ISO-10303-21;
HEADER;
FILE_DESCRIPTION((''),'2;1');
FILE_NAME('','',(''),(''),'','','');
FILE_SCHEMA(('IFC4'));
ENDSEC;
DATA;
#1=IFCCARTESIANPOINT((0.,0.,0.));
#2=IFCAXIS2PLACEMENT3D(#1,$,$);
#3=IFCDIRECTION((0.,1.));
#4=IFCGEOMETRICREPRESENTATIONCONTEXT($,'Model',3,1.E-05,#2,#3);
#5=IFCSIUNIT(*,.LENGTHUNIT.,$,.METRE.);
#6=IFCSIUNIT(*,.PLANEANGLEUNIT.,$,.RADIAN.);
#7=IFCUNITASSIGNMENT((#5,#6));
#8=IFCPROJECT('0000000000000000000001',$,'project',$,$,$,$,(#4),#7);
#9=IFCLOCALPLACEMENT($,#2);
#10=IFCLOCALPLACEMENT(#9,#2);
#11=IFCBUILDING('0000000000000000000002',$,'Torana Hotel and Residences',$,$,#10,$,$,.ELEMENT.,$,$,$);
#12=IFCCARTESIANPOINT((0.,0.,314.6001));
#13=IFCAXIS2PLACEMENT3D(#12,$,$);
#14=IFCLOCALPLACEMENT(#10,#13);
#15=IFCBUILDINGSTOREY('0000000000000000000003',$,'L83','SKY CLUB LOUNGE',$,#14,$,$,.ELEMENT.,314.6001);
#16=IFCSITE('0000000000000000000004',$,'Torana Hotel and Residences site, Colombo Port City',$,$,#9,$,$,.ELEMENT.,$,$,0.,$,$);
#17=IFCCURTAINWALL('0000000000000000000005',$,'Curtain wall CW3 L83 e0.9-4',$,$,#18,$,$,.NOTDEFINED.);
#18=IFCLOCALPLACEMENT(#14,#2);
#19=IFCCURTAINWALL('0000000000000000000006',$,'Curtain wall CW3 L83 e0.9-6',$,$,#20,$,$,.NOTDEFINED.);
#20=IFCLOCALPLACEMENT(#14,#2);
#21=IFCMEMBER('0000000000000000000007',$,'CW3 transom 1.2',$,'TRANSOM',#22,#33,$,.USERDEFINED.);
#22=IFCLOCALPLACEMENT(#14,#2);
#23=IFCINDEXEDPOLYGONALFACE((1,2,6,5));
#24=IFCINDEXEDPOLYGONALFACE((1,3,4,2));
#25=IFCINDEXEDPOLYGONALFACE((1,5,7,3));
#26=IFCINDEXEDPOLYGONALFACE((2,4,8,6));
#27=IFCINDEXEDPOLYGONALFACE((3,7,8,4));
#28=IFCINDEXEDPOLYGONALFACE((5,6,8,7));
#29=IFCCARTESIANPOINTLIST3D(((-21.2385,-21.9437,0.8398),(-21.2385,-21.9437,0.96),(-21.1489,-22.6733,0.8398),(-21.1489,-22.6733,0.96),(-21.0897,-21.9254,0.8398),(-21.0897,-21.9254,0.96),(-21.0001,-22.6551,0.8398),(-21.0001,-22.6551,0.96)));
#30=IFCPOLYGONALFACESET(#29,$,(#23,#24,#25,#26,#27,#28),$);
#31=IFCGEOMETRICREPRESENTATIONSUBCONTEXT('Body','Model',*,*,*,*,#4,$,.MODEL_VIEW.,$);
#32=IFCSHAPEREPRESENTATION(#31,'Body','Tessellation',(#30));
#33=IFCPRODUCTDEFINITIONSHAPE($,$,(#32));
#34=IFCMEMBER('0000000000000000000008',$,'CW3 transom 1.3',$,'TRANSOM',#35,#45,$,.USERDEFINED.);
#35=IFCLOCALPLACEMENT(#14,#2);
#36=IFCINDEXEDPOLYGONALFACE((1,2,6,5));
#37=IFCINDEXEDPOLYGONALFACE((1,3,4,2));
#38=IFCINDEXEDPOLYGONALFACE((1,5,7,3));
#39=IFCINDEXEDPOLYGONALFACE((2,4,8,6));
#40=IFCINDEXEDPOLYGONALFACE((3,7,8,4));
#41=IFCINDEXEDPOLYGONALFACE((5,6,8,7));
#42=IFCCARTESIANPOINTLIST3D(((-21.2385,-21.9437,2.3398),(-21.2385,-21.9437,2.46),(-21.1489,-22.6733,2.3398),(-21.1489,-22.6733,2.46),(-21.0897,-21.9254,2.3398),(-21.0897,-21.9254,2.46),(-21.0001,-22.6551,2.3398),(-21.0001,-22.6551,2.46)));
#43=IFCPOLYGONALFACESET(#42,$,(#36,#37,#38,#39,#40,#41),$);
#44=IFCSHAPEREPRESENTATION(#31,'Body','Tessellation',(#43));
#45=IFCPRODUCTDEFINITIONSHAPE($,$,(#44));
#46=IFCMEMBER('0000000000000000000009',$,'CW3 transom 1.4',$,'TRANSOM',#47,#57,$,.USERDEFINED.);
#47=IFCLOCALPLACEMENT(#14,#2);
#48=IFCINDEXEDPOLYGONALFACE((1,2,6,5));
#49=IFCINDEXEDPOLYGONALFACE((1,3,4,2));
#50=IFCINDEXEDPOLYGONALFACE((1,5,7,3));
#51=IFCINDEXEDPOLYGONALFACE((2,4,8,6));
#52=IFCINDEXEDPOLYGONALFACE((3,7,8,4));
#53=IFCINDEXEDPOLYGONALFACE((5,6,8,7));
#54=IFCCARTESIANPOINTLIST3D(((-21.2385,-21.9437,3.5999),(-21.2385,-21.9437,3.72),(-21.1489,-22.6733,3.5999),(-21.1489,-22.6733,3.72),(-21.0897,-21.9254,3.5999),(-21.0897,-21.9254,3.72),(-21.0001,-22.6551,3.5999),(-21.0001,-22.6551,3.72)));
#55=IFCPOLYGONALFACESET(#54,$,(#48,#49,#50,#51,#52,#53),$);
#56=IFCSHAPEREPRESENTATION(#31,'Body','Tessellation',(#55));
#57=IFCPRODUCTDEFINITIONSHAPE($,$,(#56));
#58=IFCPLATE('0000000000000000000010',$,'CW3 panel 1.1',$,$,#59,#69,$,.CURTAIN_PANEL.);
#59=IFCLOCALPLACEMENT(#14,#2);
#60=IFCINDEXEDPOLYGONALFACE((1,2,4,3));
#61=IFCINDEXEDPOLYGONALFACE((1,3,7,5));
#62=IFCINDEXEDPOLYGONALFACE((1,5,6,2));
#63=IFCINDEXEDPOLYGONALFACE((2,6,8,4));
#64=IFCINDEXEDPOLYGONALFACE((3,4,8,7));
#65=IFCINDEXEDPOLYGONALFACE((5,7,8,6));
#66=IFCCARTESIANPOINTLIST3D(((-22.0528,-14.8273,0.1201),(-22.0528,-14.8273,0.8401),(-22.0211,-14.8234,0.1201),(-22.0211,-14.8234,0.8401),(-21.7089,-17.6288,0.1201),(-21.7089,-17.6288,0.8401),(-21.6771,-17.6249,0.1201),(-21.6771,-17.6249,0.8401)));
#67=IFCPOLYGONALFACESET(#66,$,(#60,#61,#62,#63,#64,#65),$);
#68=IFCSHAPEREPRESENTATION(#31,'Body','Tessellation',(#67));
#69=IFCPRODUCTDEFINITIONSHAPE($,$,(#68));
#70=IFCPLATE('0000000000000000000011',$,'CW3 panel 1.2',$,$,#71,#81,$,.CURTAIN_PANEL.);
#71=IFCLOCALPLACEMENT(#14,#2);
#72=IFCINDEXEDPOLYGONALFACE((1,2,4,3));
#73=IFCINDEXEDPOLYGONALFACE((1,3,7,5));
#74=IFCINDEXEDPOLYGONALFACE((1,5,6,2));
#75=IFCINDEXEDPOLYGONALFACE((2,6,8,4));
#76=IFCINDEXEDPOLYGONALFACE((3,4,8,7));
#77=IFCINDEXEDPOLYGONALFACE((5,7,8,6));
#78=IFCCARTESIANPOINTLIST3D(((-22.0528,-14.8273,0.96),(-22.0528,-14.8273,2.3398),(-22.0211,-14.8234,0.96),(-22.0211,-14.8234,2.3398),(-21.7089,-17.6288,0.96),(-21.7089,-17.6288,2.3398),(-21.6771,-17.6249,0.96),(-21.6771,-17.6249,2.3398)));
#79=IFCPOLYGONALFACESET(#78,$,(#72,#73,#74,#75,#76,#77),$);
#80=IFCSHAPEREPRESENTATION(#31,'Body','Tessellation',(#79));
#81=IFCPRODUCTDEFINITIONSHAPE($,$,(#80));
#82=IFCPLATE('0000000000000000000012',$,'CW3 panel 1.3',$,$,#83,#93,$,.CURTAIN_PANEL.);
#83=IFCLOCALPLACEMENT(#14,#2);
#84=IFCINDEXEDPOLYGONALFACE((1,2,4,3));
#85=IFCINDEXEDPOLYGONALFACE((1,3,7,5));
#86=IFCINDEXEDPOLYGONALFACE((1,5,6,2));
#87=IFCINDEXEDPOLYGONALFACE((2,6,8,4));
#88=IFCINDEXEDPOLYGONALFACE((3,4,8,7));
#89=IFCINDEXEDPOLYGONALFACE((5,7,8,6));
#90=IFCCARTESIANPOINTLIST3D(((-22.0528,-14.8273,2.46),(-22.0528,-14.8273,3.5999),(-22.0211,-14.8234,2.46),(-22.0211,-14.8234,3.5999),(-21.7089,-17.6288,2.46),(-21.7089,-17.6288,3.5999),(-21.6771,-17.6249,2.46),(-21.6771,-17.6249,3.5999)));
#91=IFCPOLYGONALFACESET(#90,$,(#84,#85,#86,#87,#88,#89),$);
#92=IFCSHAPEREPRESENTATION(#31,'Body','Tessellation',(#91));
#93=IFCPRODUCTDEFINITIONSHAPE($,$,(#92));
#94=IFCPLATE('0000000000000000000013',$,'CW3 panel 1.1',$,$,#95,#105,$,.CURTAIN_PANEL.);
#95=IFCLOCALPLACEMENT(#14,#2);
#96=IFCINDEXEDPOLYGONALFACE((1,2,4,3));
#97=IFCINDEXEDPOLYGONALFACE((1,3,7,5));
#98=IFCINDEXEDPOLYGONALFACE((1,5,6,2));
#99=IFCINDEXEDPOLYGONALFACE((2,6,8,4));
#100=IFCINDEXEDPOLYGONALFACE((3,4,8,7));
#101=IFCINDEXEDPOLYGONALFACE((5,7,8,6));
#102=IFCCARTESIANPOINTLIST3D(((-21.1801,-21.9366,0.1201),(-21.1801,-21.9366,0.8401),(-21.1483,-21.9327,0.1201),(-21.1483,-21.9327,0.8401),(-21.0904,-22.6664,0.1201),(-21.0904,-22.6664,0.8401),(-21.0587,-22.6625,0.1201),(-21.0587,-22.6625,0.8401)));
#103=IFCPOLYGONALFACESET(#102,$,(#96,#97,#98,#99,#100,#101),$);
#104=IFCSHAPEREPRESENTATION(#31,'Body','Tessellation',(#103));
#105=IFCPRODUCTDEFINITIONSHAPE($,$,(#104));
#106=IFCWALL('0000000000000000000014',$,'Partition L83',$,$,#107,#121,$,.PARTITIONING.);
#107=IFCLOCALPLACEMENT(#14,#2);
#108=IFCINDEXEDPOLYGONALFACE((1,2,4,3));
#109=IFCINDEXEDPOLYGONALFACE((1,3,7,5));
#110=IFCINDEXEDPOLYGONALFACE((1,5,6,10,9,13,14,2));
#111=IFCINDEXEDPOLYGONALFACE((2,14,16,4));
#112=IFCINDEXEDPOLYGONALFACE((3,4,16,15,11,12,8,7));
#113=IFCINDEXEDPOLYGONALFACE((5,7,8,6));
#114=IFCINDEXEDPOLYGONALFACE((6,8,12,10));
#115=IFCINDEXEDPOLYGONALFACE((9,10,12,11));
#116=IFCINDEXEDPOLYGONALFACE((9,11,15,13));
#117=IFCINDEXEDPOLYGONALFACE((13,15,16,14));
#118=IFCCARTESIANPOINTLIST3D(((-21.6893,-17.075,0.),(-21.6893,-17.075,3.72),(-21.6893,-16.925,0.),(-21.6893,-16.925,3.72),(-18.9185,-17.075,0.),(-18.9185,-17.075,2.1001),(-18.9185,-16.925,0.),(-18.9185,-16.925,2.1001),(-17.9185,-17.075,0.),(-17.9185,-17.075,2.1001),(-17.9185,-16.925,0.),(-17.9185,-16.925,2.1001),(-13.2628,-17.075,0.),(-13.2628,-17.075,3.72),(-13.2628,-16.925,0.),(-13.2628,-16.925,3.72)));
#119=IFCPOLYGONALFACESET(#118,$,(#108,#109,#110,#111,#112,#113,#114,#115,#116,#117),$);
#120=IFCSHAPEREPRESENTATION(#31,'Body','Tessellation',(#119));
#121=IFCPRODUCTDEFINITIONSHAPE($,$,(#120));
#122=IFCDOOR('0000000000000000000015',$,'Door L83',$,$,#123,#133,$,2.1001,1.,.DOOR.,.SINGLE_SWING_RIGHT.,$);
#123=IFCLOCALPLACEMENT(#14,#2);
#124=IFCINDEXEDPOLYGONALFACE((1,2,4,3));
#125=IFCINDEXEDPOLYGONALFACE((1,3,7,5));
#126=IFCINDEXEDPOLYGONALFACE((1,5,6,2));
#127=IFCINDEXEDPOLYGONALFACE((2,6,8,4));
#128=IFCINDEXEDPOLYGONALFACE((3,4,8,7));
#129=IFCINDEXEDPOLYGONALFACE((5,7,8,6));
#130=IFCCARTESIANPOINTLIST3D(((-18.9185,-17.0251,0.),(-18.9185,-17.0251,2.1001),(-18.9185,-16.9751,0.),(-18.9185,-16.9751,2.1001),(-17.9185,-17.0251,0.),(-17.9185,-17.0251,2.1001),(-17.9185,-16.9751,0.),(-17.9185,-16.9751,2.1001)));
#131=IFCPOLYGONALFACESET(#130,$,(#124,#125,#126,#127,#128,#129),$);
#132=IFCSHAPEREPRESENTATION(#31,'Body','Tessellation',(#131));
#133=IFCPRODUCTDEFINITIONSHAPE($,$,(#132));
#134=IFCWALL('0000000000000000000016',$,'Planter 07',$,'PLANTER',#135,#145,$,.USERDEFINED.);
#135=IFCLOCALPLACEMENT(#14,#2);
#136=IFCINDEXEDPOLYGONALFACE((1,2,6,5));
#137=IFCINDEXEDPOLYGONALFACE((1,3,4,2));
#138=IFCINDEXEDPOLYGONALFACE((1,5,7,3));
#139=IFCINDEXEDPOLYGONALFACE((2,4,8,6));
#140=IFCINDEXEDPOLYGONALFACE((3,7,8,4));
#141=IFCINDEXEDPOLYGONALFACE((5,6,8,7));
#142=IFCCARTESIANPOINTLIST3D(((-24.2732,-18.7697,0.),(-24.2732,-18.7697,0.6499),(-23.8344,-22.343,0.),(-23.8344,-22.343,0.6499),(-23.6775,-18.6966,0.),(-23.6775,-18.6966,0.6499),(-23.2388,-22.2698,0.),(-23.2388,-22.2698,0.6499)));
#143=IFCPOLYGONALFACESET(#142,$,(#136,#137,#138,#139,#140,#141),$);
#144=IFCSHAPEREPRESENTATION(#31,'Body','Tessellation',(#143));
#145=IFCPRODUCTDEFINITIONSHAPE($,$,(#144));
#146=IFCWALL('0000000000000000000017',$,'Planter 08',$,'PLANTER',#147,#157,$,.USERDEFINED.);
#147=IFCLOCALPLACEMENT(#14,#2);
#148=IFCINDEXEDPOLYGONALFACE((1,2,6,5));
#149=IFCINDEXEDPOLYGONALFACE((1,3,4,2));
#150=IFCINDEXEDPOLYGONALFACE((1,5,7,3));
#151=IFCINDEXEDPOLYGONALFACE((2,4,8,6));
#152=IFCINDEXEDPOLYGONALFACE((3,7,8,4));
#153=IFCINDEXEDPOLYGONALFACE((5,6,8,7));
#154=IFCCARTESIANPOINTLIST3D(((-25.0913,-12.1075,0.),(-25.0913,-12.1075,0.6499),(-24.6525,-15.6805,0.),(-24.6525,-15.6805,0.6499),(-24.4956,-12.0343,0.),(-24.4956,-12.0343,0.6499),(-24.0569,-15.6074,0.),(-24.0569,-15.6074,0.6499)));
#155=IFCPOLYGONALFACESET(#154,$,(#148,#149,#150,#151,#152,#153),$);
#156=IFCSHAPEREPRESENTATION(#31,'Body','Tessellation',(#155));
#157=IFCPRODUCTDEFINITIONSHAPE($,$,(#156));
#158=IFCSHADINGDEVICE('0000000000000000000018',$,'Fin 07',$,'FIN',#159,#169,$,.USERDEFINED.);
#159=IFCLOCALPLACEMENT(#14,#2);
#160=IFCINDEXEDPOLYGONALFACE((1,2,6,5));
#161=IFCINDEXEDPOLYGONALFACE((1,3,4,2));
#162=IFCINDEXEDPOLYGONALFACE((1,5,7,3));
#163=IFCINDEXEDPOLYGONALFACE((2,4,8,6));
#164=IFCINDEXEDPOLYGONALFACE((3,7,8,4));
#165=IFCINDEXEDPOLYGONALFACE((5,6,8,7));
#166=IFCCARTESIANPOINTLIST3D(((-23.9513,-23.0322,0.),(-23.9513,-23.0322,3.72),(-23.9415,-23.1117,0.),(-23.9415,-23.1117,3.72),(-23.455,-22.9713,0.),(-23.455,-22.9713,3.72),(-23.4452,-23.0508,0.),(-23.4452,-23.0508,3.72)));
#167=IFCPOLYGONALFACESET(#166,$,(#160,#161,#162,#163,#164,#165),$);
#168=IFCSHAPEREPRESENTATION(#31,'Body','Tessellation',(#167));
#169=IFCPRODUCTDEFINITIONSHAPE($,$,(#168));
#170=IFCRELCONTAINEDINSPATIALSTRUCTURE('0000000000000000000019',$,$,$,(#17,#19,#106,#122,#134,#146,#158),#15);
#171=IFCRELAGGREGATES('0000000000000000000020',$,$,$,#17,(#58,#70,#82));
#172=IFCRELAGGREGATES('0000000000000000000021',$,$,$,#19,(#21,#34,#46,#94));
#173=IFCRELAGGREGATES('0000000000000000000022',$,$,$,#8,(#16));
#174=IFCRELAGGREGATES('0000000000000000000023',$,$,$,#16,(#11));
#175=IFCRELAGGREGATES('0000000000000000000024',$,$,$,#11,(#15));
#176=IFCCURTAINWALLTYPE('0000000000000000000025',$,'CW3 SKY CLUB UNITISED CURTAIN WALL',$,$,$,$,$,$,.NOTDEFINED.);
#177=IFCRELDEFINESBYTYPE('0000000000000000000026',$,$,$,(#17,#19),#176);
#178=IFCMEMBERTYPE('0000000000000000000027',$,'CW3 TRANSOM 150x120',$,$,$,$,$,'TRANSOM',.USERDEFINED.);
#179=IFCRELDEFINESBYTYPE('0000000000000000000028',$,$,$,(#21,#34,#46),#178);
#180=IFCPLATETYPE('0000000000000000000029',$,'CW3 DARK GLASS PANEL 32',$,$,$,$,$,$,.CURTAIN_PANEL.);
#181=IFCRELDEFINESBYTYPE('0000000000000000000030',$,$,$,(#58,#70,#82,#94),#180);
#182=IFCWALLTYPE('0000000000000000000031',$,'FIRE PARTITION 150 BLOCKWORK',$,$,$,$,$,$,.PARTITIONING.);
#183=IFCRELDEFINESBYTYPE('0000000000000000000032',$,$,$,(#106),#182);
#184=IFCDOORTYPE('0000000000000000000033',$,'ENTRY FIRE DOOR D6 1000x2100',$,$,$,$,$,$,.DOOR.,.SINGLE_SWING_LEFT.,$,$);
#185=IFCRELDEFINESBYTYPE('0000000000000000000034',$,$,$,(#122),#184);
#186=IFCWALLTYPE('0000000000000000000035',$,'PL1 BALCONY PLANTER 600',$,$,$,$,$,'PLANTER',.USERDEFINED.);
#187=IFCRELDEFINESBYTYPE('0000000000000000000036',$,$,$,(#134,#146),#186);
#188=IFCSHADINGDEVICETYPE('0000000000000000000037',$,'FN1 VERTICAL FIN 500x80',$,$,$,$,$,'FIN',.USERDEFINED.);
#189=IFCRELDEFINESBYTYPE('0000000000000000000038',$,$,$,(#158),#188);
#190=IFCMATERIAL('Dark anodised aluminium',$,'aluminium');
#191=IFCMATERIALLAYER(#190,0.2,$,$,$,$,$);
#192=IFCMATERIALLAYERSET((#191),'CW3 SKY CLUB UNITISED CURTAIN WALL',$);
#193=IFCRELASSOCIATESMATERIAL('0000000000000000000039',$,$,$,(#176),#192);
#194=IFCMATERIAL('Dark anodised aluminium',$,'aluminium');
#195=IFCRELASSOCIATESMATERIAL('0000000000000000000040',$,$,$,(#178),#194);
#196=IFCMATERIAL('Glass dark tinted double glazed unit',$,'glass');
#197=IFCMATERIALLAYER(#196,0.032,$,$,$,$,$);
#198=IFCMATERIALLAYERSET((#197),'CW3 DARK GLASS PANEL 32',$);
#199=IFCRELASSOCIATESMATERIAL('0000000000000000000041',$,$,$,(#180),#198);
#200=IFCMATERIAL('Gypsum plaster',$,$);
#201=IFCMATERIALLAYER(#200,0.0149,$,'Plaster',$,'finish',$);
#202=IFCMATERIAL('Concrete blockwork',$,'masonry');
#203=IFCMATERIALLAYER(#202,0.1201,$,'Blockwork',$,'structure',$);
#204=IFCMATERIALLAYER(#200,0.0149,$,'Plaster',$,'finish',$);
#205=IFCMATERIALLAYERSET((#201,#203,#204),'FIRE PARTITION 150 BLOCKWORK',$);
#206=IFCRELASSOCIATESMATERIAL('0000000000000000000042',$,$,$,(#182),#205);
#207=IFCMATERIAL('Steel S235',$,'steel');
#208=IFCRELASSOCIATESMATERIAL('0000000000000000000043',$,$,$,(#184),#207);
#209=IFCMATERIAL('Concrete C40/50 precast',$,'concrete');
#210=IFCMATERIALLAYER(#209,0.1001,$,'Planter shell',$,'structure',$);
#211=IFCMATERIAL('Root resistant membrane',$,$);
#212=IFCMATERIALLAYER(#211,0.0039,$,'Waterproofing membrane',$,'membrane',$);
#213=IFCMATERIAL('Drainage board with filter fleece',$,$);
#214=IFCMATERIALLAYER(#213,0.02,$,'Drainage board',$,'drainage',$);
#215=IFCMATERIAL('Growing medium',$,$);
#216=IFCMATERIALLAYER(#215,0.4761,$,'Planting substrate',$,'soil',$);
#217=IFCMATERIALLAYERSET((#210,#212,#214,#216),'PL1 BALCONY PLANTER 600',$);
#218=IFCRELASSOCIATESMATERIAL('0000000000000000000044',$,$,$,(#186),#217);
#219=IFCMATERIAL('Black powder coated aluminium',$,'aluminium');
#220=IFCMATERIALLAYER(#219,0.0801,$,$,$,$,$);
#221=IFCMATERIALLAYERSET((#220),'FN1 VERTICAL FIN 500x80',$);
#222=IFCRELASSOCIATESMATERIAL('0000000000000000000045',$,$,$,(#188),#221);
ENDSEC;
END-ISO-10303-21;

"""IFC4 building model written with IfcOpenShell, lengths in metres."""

from ifc_helpers import new_model, si_unit, direction, frame, frame_2d, origin, origin_2d, place, context, subcontext, project, spatial, rectangle, extrude, material, layer, layer_set, material_profile, profile_set, type_object, element, fill, aggregate, save


model = new_model("IFC4")

# Units and contexts
model_context = context("Model", 3, precision=1e-05, world=origin(), true_north=direction((0.0, 1.0)))
body_context = subcontext(model_context, "Body", "Model", "MODEL_VIEW")
ifc_project = project(units=[si_unit("LENGTHUNIT", "METRE"), si_unit("PLANEANGLEUNIT", "RADIAN")], contexts=[model_context])

# Site, building, storey
site_placement = place(None, origin())
site = spatial("IfcSite", under=ifc_project, at=site_placement, Name="Torana Hotel and Residences site, Colombo Port City", CompositionType="ELEMENT", RefElevation=0.0)
building_placement = place(site_placement, origin())
building = spatial("IfcBuilding", under=site, at=building_placement, Name="Torana Hotel and Residences", CompositionType="ELEMENT")
storey_placement = place(building_placement, frame((0.0, 0.0, 314.6001)))
storey = spatial("IfcBuildingStorey", under=building, at=storey_placement, Name="L83", Description="SKY CLUB LOUNGE", CompositionType="ELEMENT", Elevation=314.6001)

# Curtain wall
ifc_material_1 = material(Name="Dark anodised aluminium", Category="aluminium")
ifc_layer_1 = layer(ifc_material_1, 0.2)
ifc_layer_set_1 = layer_set([ifc_layer_1], Name="CW3 SKY CLUB UNITISED CURTAIN WALL")
curtain_wall_type = type_object("IfcCurtainWallType", Name="CW3 SKY CLUB UNITISED CURTAIN WALL", PredefinedType="NOTDEFINED", material=ifc_layer_set_1)
curtain_wall_1_placement = place(storey_placement, origin())
curtain_wall_1 = element("IfcCurtainWall", 1, at=curtain_wall_1_placement, inside=storey, type_object=curtain_wall_type, Name="Curtain wall CW3 L83 e0.9-4", PredefinedType="NOTDEFINED")

# Curtain wall, members
curtain_wall_2_placement = place(storey_placement, origin())
curtain_wall_2 = element("IfcCurtainWall", 2, at=curtain_wall_2_placement, inside=storey, type_object=curtain_wall_type, Name="Curtain wall CW3 L83 e0.9-6", PredefinedType="NOTDEFINED")
ifc_material_2 = material(Name="Dark anodised aluminium", Category="aluminium")
ifc_material_profile_1 = material_profile(ifc_material_2, rectangle(XDim=0.1499, YDim=0.1201, at=origin_2d()), Name="CW3 TRANSOM 150x120")
ifc_profile_set_1 = profile_set([ifc_material_profile_1], Name="Dark anodised aluminium")
member_type_1 = type_object("IfcMemberType", Name="CW3 TRANSOM 150x120", ElementType="TRANSOM", PredefinedType="USERDEFINED", material=ifc_profile_set_1)
member_1_placement = place(storey_placement, frame((-21.1641, -21.9346, 0.8999), z_axis=(0.121868, -0.992546, 0.0), x_axis=(0.992546, 0.121868, 0.0)))
member_1 = element("IfcMember", 3, at=member_1_placement, type_object=member_type_1, Name="CW3 transom 1.2", ObjectType="TRANSOM", PredefinedType="USERDEFINED", context=body_context, shape_type="SweptSolid", body=[
    extrude(rectangle(XDim=0.1499, YDim=0.1201, at=origin_2d()), origin(), (0.0, 0.0, 1.0), 0.7351),
])
member_2_placement = place(storey_placement, frame((-21.1641, -21.9346, 2.3999), z_axis=(0.121868, -0.992546, 0.0), x_axis=(0.992546, 0.121868, 0.0)))
member_2 = element("IfcMember", 4, at=member_2_placement, type_object=member_type_1, Name="CW3 transom 1.3", ObjectType="TRANSOM", PredefinedType="USERDEFINED", context=body_context, shape_type="SweptSolid", body=[
    extrude(rectangle(XDim=0.1499, YDim=0.1201, at=origin_2d()), origin(), (0.0, 0.0, 1.0), 0.7351),
])
member_3_placement = place(storey_placement, frame((-21.1641, -21.9346, 3.6599), z_axis=(0.121868, -0.992546, 0.0), x_axis=(0.992546, 0.121868, 0.0)))
member_3 = element("IfcMember", 5, at=member_3_placement, type_object=member_type_1, Name="CW3 transom 1.4", ObjectType="TRANSOM", PredefinedType="USERDEFINED", context=body_context, shape_type="SweptSolid", body=[
    extrude(rectangle(XDim=0.1499, YDim=0.1201, at=origin_2d()), origin(), (0.0, 0.0, 1.0), 0.7351),
])

# Plates
ifc_material_3 = material(Name="Glass dark tinted double glazed unit", Category="glass")
ifc_layer_2 = layer(ifc_material_3, 0.032)
ifc_layer_set_2 = layer_set([ifc_layer_2], Name="CW3 DARK GLASS PANEL 32")
plate_type = type_object("IfcPlateType", Name="CW3 DARK GLASS PANEL 32", PredefinedType="CURTAIN_PANEL", material=ifc_layer_set_2)
plate_1_placement = place(storey_placement, frame((-21.865, -16.2261, 0.1201), z_axis=(0.0, 0.0, 1.0), x_axis=(0.121857, -0.992548, 0.0)))
plate_1 = element("IfcPlate", 6, at=plate_1_placement, type_object=plate_type, Name="CW3 panel 1.1", PredefinedType="CURTAIN_PANEL", context=body_context, shape_type="SweptSolid", body=[
    extrude(rectangle(XDim=2.8225, YDim=0.032, at=origin_2d()), origin(), (0.0, 0.0, 1.0), 0.72),
])
plate_2_placement = place(storey_placement, frame((-21.865, -16.2261, 0.96), z_axis=(0.0, 0.0, 1.0), x_axis=(0.121857, -0.992548, 0.0)))
plate_2 = element("IfcPlate", 7, at=plate_2_placement, type_object=plate_type, Name="CW3 panel 1.2", PredefinedType="CURTAIN_PANEL", context=body_context, shape_type="SweptSolid", body=[
    extrude(rectangle(XDim=2.8225, YDim=0.032, at=origin_2d()), origin(), (0.0, 0.0, 1.0), 1.3799),
])
plate_3_placement = place(storey_placement, frame((-21.865, -16.2261, 2.46), z_axis=(0.0, 0.0, 1.0), x_axis=(0.121857, -0.992548, 0.0)))
plate_3 = element("IfcPlate", 8, at=plate_3_placement, type_object=plate_type, Name="CW3 panel 1.3", PredefinedType="CURTAIN_PANEL", context=body_context, shape_type="SweptSolid", body=[
    extrude(rectangle(XDim=2.8225, YDim=0.032, at=origin_2d()), origin(), (0.0, 0.0, 1.0), 1.1399),
])
aggregate(curtain_wall_1, [plate_1, plate_2, plate_3])
plate_4_placement = place(storey_placement, frame((-21.1194, -22.2996, 0.1201), z_axis=(0.0, 0.0, 1.0), x_axis=(0.121883, -0.992544, 0.0)))
plate_4 = element("IfcPlate", 9, at=plate_4_placement, type_object=plate_type, Name="CW3 panel 1.1", PredefinedType="CURTAIN_PANEL", context=body_context, shape_type="SweptSolid", body=[
    extrude(rectangle(XDim=0.7354, YDim=0.032, at=origin_2d()), origin(), (0.0, 0.0, 1.0), 0.72),
])
aggregate(curtain_wall_2, [member_1, member_2, member_3, plate_4])

# Wall, opening, door
ifc_material_4 = material(Name="Gypsum plaster")
ifc_layer_3 = layer(ifc_material_4, 0.0149, Name="Plaster", Category="finish")
ifc_material_5 = material(Name="Concrete blockwork", Category="masonry")
ifc_layer_4 = layer(ifc_material_5, 0.1201, Name="Blockwork", Category="structure")
ifc_layer_5 = layer(ifc_material_4, 0.0149, Name="Plaster", Category="finish")
ifc_layer_set_3 = layer_set([ifc_layer_3, ifc_layer_4, ifc_layer_5], Name="FIRE PARTITION 150 BLOCKWORK")
wall_type_1 = type_object("IfcWallType", Name="FIRE PARTITION 150 BLOCKWORK", PredefinedType="PARTITIONING", material=ifc_layer_set_3)
wall_1_placement = place(storey_placement, frame((-21.6895, -17.0, 0.0), z_axis=(0.0, 0.0, 1.0), x_axis=(1.0, 0.0, 0.0)))
wall_1 = element("IfcWall", 10, at=wall_1_placement, inside=storey, type_object=wall_type_1, Name="Partition L83", PredefinedType="PARTITIONING", context=body_context, shape_type="SweptSolid", body=[
    extrude(rectangle(XDim=8.4265, YDim=0.1499, at=frame_2d((4.2134, 0.0))), origin(), (0.0, 0.0, 1.0), 3.72),
])
opening_1_placement = place(wall_1_placement, frame((2.771, 0.0, 0.0)))
opening_1 = element("IfcOpeningElement", 11, at=opening_1_placement, cuts=wall_1, PredefinedType="OPENING", context=body_context, shape_type="SweptSolid", body=[
    extrude(rectangle(XDim=1.0, YDim=2.1001, at=frame_2d((0.5, 1.05))), frame((0.0, 0.085, 0.0), z_axis=(0.0, -1.0, 0.0), x_axis=(1.0, 0.0, 0.0)), (0.0, 0.0, 1.0), 0.1699),
])
ifc_material_6 = material(Name="Steel S235", Category="steel")
door_type_1 = type_object("IfcDoorType", Name="ENTRY FIRE DOOR D6 1000x2100", OperationType="SINGLE_SWING_LEFT", PredefinedType="DOOR", material=ifc_material_6)
door_1_placement = place(opening_1_placement, frame((0.5, 0.0, 0.0), z_axis=(0.0, 0.0, 1.0), x_axis=(-1.0, 0.0, 0.0)))
door_1 = element("IfcDoor", 12, at=door_1_placement, inside=storey, type_object=door_type_1, Name="Door L83", OperationType="SINGLE_SWING_RIGHT", OverallHeight=2.1001, OverallWidth=1.0, PredefinedType="DOOR", context=body_context, shape_type="SweptSolid", body=[
    extrude(rectangle(XDim=1.0, YDim=2.1001, at=frame_2d((0.0, 1.05))), frame((0.0, -0.0249, 0.0), z_axis=(0.0, 1.0, 0.0), x_axis=(-1.0, 0.0, 0.0)), (0.0, 0.0, 1.0), 0.05),
])
fill(opening_1, door_1)

# Walls
ifc_material_7 = material(Name="Concrete C40/50 precast", Category="concrete")
ifc_layer_6 = layer(ifc_material_7, 0.1001, Name="Planter shell", Category="structure")
ifc_material_8 = material(Name="Root resistant membrane")
ifc_layer_7 = layer(ifc_material_8, 0.0039, Name="Waterproofing membrane", Category="membrane")
ifc_material_9 = material(Name="Drainage board with filter fleece")
ifc_layer_8 = layer(ifc_material_9, 0.02, Name="Drainage board", Category="drainage")
ifc_material_10 = material(Name="Growing medium")
ifc_layer_9 = layer(ifc_material_10, 0.4761, Name="Planting substrate", Category="soil")
ifc_layer_set_4 = layer_set([ifc_layer_6, ifc_layer_7, ifc_layer_8, ifc_layer_9], Name="PL1 BALCONY PLANTER 600")
wall_type_2 = type_object("IfcWallType", Name="PL1 BALCONY PLANTER 600", ElementType="PLANTER", PredefinedType="USERDEFINED", material=ifc_layer_set_4)
wall_2_placement = place(storey_placement, frame((-23.5366, -22.3064, 0.0), z_axis=(0.0, 0.0, 1.0), x_axis=(-0.121864, 0.992547, 0.0)))
element("IfcWall", 13, at=wall_2_placement, inside=storey, type_object=wall_type_2, Name="Planter 07", ObjectType="PLANTER", PredefinedType="USERDEFINED", context=body_context, shape_type="SweptSolid", body=[
    extrude(rectangle(XDim=3.6001, YDim=0.6001, at=frame_2d((1.8, 0.0))), origin(), (0.0, 0.0, 1.0), 0.6499),
])
wall_3_placement = place(storey_placement, frame((-24.3547, -15.6438, 0.0), z_axis=(0.0, 0.0, 1.0), x_axis=(-0.121873, 0.992546, 0.0)))
element("IfcWall", 14, at=wall_3_placement, inside=storey, type_object=wall_type_2, Name="Planter 08", ObjectType="PLANTER", PredefinedType="USERDEFINED", context=body_context, shape_type="SweptSolid", body=[
    extrude(rectangle(XDim=3.5999, YDim=0.6001, at=frame_2d((1.7998, 0.0))), origin(), (0.0, 0.0, 1.0), 0.6499),
])

# Shading device
ifc_material_11 = material(Name="Black powder coated aluminium", Category="aluminium")
ifc_layer_10 = layer(ifc_material_11, 0.0801)
ifc_layer_set_5 = layer_set([ifc_layer_10], Name="FN1 VERTICAL FIN 500x80")
shading_device_type = type_object("IfcShadingDeviceType", Name="FN1 VERTICAL FIN 500x80", ElementType="FIN", PredefinedType="USERDEFINED", material=ifc_layer_set_5)
shading_device_placement = place(storey_placement, frame((-23.6982, -23.0415, 0.0), z_axis=(0.0, 0.0, 1.0), x_axis=(-0.121881, 0.992545, 0.0)))
element("IfcShadingDevice", 15, at=shading_device_placement, inside=storey, type_object=shading_device_type, Name="Fin 07", ObjectType="FIN", PredefinedType="USERDEFINED", context=body_context, shape_type="SweptSolid", body=[
    extrude(rectangle(XDim=0.0801, YDim=0.5, at=origin_2d()), origin(), (0.0, 0.0, 1.0), 3.72),
])

save(model, "model.ifc")
